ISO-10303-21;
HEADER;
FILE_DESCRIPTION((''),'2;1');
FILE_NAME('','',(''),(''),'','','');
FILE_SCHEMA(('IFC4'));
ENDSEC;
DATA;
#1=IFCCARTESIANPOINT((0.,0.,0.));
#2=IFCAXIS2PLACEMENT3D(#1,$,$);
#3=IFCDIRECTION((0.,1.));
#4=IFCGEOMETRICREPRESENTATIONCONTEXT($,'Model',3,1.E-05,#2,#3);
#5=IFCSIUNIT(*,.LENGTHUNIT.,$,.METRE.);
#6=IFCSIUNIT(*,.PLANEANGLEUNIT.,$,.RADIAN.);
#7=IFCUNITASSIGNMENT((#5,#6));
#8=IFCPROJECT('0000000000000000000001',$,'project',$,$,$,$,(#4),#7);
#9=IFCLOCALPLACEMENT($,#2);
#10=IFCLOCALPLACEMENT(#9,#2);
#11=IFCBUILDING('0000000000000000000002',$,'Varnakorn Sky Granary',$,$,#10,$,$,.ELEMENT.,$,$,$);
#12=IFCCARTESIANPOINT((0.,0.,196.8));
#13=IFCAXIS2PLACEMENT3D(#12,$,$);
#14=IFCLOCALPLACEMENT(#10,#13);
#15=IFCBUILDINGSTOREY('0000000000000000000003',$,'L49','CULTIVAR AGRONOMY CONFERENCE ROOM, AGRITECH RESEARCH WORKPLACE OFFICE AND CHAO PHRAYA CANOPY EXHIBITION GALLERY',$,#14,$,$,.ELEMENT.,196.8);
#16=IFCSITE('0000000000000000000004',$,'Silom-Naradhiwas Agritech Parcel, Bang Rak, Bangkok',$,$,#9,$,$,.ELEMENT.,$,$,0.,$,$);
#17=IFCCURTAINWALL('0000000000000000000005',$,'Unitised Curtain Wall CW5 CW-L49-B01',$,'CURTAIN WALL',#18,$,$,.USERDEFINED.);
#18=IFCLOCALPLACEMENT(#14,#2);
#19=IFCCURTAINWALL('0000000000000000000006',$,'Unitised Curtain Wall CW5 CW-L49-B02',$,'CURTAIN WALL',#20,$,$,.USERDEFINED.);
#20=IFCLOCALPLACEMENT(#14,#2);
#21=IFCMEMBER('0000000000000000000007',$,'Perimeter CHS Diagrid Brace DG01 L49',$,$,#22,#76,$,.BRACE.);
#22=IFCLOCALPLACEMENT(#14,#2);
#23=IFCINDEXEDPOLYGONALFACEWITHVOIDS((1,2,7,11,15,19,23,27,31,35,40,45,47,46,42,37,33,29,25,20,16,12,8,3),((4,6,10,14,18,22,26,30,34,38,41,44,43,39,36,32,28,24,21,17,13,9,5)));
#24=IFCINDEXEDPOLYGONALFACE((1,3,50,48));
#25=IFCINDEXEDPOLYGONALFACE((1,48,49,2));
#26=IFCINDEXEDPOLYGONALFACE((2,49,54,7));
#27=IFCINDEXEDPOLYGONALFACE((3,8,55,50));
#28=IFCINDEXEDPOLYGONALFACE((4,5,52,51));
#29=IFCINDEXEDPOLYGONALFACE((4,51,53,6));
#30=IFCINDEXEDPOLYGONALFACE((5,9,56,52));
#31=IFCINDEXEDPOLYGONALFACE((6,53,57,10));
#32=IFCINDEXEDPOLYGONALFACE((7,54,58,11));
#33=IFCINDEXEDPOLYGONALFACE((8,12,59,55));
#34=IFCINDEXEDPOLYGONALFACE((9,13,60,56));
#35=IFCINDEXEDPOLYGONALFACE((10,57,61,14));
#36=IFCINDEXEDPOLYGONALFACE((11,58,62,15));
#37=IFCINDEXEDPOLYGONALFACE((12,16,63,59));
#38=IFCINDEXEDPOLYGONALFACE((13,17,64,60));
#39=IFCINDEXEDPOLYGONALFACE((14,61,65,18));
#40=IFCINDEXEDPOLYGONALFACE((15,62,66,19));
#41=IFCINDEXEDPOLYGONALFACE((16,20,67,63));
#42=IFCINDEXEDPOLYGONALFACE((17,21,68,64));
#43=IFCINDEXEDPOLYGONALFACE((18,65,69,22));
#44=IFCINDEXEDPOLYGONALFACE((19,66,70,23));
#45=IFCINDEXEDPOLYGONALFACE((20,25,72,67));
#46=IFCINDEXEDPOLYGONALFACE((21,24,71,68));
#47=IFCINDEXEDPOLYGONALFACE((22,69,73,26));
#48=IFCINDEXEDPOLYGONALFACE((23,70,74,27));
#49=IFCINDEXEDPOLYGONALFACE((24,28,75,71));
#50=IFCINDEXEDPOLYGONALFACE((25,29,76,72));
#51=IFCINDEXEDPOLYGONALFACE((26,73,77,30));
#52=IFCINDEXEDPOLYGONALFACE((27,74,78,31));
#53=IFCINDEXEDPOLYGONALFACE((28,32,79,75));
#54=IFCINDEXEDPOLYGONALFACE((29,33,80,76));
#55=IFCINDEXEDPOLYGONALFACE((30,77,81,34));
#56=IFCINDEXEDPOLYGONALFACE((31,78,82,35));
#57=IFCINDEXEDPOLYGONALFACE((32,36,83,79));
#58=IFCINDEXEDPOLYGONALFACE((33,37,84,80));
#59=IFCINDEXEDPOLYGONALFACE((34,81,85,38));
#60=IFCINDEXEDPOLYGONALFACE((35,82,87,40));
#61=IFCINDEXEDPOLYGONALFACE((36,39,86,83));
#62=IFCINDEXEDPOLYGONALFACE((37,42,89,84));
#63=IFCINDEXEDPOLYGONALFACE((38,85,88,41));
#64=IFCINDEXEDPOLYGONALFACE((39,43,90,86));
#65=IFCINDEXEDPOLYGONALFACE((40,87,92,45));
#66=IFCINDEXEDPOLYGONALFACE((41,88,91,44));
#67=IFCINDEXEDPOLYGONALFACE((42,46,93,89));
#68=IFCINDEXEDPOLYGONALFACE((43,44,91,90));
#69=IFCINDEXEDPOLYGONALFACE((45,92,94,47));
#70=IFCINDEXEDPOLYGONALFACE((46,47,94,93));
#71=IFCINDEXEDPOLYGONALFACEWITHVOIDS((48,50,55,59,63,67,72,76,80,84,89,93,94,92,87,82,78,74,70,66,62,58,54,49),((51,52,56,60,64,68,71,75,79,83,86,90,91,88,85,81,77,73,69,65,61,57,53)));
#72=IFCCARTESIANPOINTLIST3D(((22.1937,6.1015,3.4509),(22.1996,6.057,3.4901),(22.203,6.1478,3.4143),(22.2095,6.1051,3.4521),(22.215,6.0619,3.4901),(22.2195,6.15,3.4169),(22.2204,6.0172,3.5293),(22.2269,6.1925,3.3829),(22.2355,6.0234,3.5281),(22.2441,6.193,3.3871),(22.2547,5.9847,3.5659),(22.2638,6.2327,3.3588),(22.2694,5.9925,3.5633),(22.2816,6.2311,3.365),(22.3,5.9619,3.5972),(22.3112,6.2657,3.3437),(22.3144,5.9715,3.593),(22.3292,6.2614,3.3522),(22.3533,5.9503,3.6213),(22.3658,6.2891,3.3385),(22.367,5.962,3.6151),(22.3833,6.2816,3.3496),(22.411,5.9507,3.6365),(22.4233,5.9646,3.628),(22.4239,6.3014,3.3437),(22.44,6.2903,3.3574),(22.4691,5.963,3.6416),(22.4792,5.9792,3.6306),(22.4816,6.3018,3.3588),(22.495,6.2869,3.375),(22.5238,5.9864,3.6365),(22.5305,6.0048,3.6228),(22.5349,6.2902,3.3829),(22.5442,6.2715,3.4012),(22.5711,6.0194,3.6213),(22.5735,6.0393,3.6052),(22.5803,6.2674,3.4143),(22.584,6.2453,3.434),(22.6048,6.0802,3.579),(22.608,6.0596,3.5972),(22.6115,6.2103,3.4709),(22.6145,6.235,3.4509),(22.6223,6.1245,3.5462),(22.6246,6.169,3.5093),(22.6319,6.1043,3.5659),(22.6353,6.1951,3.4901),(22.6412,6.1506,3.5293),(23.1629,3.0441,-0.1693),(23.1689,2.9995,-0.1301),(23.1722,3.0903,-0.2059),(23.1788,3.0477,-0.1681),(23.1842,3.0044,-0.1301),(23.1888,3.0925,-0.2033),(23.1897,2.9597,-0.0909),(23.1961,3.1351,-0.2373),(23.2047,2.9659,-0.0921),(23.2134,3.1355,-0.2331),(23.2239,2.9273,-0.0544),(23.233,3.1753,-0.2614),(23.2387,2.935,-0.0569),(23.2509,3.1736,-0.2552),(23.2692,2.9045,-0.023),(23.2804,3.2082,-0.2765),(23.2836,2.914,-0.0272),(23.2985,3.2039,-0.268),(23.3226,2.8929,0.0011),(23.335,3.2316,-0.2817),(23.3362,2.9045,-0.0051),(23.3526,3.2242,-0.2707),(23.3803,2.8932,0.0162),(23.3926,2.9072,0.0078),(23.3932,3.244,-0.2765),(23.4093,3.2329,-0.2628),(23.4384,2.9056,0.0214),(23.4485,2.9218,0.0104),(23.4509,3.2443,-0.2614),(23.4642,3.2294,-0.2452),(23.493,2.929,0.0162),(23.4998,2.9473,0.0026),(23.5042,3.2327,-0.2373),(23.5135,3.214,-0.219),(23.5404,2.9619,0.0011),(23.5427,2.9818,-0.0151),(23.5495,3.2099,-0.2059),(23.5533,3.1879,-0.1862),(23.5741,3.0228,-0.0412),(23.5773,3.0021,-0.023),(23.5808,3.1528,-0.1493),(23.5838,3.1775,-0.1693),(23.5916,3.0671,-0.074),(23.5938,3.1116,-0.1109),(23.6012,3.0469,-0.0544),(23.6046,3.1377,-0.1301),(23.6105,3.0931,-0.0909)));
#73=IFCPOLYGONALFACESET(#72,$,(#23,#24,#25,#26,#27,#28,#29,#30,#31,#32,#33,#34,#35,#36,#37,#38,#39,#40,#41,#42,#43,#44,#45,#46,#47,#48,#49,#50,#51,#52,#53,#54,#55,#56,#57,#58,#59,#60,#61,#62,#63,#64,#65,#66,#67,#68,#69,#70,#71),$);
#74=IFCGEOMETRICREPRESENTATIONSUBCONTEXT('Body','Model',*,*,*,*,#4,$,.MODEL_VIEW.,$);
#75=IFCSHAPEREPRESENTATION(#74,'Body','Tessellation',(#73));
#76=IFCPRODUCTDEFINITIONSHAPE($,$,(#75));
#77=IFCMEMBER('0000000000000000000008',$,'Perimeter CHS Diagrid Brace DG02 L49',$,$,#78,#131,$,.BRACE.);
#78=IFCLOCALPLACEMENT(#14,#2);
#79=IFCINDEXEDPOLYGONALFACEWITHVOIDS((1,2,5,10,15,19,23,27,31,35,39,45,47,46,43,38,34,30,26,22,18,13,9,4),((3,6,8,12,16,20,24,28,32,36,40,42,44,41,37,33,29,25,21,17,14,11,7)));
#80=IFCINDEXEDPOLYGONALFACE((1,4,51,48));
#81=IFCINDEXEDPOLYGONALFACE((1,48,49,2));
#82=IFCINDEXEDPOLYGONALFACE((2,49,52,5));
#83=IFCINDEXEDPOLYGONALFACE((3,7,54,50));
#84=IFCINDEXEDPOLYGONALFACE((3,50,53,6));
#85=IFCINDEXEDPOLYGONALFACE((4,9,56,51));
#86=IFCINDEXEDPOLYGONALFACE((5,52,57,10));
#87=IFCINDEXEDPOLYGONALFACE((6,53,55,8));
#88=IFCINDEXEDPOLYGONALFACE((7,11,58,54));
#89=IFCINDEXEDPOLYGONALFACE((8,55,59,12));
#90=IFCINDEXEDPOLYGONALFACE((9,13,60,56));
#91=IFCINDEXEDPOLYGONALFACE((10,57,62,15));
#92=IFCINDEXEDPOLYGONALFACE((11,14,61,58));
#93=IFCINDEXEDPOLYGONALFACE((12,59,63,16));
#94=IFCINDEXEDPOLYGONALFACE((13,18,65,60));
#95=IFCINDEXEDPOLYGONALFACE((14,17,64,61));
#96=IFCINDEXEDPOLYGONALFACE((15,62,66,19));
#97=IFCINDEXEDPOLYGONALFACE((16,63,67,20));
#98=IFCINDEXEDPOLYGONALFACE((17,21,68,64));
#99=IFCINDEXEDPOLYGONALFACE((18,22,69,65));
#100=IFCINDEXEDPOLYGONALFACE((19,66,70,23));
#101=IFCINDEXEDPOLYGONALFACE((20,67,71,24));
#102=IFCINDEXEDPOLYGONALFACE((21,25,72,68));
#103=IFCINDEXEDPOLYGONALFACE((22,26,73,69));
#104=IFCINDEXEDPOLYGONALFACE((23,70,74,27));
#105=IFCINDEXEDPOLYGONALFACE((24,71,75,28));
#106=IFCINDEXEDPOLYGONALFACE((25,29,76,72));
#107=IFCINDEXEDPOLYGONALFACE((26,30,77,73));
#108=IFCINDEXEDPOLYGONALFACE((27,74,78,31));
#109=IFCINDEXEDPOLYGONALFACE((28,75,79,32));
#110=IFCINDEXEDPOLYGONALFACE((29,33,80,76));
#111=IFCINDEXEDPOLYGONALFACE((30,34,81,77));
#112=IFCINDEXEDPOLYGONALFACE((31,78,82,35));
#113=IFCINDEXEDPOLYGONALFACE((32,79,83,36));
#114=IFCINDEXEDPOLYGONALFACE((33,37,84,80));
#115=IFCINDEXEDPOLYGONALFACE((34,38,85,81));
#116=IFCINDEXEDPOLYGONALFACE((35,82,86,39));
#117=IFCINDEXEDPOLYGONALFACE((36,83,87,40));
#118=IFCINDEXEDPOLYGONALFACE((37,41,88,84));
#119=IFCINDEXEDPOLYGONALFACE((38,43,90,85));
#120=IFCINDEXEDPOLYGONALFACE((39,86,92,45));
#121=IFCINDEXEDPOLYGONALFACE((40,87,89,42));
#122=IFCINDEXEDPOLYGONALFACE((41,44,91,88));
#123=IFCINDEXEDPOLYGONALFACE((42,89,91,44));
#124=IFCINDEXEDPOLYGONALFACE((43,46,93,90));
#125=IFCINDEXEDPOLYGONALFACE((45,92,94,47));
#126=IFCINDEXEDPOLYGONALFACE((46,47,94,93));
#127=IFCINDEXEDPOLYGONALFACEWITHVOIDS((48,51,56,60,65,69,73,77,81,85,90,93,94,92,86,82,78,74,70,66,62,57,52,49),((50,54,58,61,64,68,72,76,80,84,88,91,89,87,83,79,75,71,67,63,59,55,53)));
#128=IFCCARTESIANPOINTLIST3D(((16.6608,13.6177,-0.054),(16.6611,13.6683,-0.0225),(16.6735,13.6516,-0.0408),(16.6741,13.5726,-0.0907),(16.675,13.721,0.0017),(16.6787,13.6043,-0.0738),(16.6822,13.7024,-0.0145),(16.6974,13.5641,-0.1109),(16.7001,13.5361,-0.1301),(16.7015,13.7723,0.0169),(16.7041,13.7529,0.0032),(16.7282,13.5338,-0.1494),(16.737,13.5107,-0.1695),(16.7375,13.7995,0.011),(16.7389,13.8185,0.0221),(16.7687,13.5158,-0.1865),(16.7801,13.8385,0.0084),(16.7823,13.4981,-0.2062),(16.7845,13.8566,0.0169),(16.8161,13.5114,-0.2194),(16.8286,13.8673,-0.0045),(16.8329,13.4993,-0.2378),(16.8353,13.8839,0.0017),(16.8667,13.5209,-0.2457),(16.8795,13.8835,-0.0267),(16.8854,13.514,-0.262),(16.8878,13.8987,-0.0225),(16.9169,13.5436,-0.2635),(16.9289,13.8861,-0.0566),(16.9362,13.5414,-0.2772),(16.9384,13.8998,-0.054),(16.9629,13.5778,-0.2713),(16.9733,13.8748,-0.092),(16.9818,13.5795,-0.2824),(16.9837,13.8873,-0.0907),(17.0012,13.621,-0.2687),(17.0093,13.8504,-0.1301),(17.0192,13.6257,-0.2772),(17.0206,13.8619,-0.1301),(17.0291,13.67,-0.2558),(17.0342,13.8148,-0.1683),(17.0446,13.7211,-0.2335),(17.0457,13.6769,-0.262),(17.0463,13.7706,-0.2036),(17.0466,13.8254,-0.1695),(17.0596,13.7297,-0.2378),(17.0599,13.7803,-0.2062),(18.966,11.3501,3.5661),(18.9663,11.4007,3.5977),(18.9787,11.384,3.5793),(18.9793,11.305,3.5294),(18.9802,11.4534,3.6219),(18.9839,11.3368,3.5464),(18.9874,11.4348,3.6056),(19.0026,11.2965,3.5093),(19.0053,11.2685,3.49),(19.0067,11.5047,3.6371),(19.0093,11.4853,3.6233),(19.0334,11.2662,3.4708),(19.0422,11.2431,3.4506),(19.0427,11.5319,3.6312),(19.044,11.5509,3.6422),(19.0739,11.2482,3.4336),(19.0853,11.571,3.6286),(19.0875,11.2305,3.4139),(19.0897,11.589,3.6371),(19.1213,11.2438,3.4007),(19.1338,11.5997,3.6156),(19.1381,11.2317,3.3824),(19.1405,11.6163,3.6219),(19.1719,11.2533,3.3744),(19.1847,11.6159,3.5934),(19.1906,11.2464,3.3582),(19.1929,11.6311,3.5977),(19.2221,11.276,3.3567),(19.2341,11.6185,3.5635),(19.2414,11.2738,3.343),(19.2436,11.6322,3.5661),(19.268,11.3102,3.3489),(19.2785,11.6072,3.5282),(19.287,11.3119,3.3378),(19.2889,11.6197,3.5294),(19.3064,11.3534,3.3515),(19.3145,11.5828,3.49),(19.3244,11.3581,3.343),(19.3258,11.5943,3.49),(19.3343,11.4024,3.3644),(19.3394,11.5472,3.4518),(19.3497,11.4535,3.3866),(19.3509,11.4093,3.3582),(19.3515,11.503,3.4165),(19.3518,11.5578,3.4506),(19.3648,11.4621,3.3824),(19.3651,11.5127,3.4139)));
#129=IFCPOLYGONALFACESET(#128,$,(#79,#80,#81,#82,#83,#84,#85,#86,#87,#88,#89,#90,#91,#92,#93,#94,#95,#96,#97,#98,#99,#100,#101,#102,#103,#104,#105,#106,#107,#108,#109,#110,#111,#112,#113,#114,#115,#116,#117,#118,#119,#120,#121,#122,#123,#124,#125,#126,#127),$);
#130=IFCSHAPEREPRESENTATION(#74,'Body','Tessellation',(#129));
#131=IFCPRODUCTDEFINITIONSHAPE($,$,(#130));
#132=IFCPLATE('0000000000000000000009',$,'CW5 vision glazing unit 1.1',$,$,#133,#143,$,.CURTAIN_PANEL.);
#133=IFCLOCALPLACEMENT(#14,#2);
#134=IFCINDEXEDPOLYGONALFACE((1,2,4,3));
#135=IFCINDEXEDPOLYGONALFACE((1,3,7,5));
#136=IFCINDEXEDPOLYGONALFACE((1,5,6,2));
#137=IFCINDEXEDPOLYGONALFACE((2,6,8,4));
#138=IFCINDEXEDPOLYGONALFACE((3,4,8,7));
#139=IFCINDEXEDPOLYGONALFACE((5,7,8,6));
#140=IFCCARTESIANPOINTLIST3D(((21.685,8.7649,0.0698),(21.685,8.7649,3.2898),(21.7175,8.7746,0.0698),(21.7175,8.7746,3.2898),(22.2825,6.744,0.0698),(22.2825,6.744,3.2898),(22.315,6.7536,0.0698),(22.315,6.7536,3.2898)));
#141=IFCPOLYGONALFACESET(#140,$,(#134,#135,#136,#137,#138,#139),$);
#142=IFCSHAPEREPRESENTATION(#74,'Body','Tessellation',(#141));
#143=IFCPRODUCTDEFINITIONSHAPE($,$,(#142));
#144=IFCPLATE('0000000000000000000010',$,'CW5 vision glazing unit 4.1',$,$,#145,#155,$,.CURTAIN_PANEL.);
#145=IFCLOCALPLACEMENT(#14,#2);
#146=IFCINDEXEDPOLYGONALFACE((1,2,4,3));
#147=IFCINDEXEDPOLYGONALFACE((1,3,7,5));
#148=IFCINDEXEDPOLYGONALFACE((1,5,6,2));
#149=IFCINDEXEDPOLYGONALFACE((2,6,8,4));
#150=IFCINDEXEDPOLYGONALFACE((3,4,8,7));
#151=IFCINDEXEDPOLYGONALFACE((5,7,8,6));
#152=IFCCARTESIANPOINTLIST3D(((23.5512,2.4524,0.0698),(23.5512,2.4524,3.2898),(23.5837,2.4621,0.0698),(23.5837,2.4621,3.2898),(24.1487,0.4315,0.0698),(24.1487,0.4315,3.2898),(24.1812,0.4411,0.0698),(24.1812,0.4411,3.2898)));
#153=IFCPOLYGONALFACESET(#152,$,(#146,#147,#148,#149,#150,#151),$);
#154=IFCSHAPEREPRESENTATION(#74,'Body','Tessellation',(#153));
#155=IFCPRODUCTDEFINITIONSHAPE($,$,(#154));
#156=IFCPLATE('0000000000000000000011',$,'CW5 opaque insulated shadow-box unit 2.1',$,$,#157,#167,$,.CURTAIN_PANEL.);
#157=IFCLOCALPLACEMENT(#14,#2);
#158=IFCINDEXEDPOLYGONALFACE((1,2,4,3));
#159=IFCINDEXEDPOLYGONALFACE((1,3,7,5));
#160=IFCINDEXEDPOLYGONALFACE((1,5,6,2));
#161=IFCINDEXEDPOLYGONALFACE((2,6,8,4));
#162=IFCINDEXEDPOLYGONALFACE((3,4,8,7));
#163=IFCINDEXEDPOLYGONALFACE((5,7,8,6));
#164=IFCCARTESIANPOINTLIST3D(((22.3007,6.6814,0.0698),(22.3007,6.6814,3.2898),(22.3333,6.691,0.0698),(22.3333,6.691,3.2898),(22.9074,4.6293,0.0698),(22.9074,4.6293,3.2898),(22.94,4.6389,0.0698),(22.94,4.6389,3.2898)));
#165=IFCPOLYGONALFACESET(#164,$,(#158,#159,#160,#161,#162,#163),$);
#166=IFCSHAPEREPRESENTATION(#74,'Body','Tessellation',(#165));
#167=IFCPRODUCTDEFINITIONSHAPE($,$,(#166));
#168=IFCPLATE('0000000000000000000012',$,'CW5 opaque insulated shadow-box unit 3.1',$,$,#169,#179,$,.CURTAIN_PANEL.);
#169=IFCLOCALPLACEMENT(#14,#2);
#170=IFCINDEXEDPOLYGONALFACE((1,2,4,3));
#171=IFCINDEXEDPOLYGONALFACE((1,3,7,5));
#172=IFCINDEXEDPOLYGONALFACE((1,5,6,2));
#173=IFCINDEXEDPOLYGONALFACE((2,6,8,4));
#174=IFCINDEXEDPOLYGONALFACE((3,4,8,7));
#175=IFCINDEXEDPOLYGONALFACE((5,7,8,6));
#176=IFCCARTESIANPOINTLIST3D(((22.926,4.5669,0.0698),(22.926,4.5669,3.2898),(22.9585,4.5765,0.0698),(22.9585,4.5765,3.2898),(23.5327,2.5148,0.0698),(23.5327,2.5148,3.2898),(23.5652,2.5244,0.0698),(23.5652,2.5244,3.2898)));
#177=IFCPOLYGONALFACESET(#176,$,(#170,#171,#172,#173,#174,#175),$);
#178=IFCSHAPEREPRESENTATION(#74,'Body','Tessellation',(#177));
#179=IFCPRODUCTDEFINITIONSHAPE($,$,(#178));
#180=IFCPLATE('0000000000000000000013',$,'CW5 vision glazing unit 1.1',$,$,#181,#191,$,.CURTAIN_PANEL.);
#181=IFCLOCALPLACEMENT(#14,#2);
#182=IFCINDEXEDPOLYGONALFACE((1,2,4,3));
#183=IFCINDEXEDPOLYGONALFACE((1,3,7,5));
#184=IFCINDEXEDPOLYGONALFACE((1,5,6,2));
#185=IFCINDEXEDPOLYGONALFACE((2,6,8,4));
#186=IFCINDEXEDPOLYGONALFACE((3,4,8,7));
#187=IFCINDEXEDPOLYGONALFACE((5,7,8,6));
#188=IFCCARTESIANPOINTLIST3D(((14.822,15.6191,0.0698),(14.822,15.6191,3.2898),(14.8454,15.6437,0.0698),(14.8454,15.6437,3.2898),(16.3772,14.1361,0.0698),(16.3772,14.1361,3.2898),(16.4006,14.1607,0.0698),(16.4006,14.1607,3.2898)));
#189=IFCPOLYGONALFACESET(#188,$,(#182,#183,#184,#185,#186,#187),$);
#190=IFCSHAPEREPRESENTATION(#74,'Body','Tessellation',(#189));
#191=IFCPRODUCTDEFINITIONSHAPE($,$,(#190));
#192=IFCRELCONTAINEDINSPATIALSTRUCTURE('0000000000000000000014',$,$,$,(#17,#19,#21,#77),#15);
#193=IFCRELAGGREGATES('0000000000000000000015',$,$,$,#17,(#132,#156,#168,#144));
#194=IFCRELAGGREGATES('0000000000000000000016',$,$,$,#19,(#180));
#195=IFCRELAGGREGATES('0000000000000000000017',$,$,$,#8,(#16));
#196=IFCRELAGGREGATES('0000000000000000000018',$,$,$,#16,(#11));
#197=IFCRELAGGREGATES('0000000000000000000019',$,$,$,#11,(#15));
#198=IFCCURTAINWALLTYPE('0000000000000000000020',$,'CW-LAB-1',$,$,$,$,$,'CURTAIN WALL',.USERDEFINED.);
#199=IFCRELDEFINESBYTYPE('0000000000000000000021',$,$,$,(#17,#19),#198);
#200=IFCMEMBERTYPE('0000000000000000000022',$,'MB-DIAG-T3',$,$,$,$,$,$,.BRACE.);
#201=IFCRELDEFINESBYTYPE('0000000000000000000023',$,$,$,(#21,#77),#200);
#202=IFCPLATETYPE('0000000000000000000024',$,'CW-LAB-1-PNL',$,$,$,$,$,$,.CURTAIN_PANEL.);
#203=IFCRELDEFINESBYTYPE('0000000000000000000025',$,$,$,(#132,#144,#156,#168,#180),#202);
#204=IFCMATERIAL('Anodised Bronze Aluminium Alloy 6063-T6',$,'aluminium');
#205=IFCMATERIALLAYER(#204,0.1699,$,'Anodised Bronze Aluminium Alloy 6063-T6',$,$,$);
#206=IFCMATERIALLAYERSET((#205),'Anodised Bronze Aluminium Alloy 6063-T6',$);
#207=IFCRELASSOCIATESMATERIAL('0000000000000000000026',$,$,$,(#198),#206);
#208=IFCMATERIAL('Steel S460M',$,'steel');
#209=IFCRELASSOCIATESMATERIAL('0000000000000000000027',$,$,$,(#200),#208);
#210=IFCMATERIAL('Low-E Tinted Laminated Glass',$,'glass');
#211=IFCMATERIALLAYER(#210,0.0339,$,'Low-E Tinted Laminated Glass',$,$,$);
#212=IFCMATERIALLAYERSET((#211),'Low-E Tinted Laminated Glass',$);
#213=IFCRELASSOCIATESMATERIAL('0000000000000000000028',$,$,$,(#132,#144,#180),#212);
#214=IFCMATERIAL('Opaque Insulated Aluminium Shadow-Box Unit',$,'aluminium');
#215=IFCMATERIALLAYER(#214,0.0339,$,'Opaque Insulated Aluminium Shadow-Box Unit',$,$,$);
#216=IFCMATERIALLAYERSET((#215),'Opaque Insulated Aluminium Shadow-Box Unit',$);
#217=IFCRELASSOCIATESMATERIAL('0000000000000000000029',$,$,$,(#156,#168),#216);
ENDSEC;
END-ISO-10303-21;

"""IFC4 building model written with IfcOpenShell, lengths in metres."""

from ifc_helpers import new_model, si_unit, direction, frame, origin, origin_2d, place, context, subcontext, project, spatial, rectangle, hollow_circle, extrude, source, transform, mapped, material, layer, layer_set, material_profile, profile_set, type_object, element, aggregate, save


model = new_model("IFC4")

# Units and contexts
model_context = context("Model", 3, precision=1e-05, world=origin(), true_north=direction((0.0, 1.0)))
body_context = subcontext(model_context, "Body", "Model", "MODEL_VIEW")
ifc_project = project(units=[si_unit("LENGTHUNIT", "METRE"), si_unit("PLANEANGLEUNIT", "RADIAN")], contexts=[model_context])

# Site, building, storey
site_placement = place(None, origin())
site = spatial("IfcSite", under=ifc_project, at=site_placement, Name="Silom-Naradhiwas Agritech Parcel, Bang Rak, Bangkok", CompositionType="ELEMENT", RefElevation=0.0)
building_placement = place(site_placement, origin())
building = spatial("IfcBuilding", under=site, at=building_placement, Name="Varnakorn Sky Granary", CompositionType="ELEMENT")
storey_placement = place(building_placement, frame((0.0, 0.0, 196.8)))
storey = spatial("IfcBuildingStorey", under=building, at=storey_placement, Name="L49", Description="CULTIVAR AGRONOMY CONFERENCE ROOM, AGRITECH RESEARCH WORKPLACE OFFICE AND CHAO PHRAYA CANOPY EXHIBITION GALLERY", CompositionType="ELEMENT", Elevation=196.8)

# Shared definitions
ifc_material_1 = material(Name="Steel S460M", Category="steel")

# Curtain walls
ifc_material_2 = material(Name="Anodised Bronze Aluminium Alloy 6063-T6", Category="aluminium")
ifc_layer_1 = layer(ifc_material_2, 0.1699, Name="Anodised Bronze Aluminium Alloy 6063-T6")
ifc_layer_set_1 = layer_set([ifc_layer_1], Name="Anodised Bronze Aluminium Alloy 6063-T6")
curtain_wall_type = type_object("IfcCurtainWallType", Name="CW-LAB-1", ElementType="CURTAIN WALL", PredefinedType="USERDEFINED", material=ifc_layer_set_1)
curtain_wall_1_placement = place(storey_placement, origin())
curtain_wall_1 = element("IfcCurtainWall", 1, at=curtain_wall_1_placement, inside=storey, type_object=curtain_wall_type, Name="Unitised Curtain Wall CW5 CW-L49-B01", ObjectType="CURTAIN WALL", PredefinedType="USERDEFINED")
curtain_wall_2_placement = place(storey_placement, origin())
curtain_wall_2 = element("IfcCurtainWall", 2, at=curtain_wall_2_placement, inside=storey, type_object=curtain_wall_type, Name="Unitised Curtain Wall CW5 CW-L49-B02", ObjectType="CURTAIN WALL", PredefinedType="USERDEFINED")

# Members
ifc_material_profile_1 = material_profile(ifc_material_1, hollow_circle(Radius=0.2285, WallThickness=0.0161, at=origin_2d()), Name="CHS 457x16")
ifc_profile_set_1 = profile_set([ifc_material_profile_1], Name="Steel S460M")
member_type_1 = type_object("IfcMemberType", Name="MB-DIAG-T3", PredefinedType="BRACE", material=ifc_profile_set_1)
member_1_placement = place(storey_placement, frame((23.3867, 3.0686, -0.1301), z_axis=(-0.200399, 0.632139, 0.748492), x_axis=(-0.953246, -0.302195, 0.0)))
element("IfcMember", 3, at=member_1_placement, inside=storey, type_object=member_type_1, Name="Perimeter CHS Diagrid Brace DG01 L49", PredefinedType="BRACE", context=body_context, shape_type="SweptSolid", body=[
    extrude(hollow_circle(Radius=0.2285, WallThickness=0.0161, at=origin_2d()), origin(), (0.0, 0.0, 1.0), 4.8367),
])
member_2_placement = place(storey_placement, frame((16.8604, 13.699, -0.1301), z_axis=(0.474906, -0.46716, 0.745806), x_axis=(0.701269, 0.712897, 0.0)))
element("IfcMember", 4, at=member_2_placement, inside=storey, type_object=member_type_1, Name="Perimeter CHS Diagrid Brace DG02 L49", PredefinedType="BRACE", context=body_context, shape_type="SweptSolid", body=[
    extrude(hollow_circle(Radius=0.2285, WallThickness=0.0161, at=origin_2d()), origin(), (0.0, 0.0, 1.0), 4.854),
])

# Plates
ifc_material_3 = material(Name="Low-E Tinted Laminated Glass", Category="glass")
ifc_layer_2 = layer(ifc_material_3, 0.0339, Name="Low-E Tinted Laminated Glass")
ifc_layer_set_2 = layer_set([ifc_layer_2], Name="Low-E Tinted Laminated Glass")
plate_type = type_object("IfcPlateType", Name="CW-LAB-1-PNL", PredefinedType="CURTAIN_PANEL")
shared_shape_1 = source(origin(), body_context, "Body", "SweptSolid", [
    extrude(rectangle(XDim=2.1074, YDim=0.0339, at=origin_2d()), origin(), (0.0, 0.0, 1.0), 3.22),
])
plate_1_placement = place(storey_placement, frame((22.0, 7.7593, 0.0698), z_axis=(0.0, 0.0, 1.0), x_axis=(0.283528, -0.958964, 0.0)))
plate_1 = element("IfcPlate", 5, at=plate_1_placement, type_object=plate_type, material=ifc_layer_set_2, Name="CW5 vision glazing unit 1.1", PredefinedType="CURTAIN_PANEL", context=body_context, shape_type="MappedRepresentation", body=[
    mapped(shared_shape_1, transform((0.0, 0.0, 0.0), x_axis=(1.0, 0.0, 0.0), y_axis=(0.0, 1.0, 0.0), z_axis=(0.0, 0.0, 1.0), scale=1.0)),
])
plate_2_placement = place(storey_placement, frame((23.8662, 1.4468, 0.0698), z_axis=(0.0, 0.0, 1.0), x_axis=(0.283528, -0.958964, 0.0)))
plate_2 = element("IfcPlate", 6, at=plate_2_placement, type_object=plate_type, material=ifc_layer_set_2, Name="CW5 vision glazing unit 4.1", PredefinedType="CURTAIN_PANEL", context=body_context, shape_type="MappedRepresentation", body=[
    mapped(shared_shape_1, transform((0.0, 0.0, 0.0), x_axis=(1.0, 0.0, 0.0), y_axis=(0.0, 1.0, 0.0), z_axis=(0.0, 0.0, 1.0), scale=1.0)),
])
ifc_material_4 = material(Name="Opaque Insulated Aluminium Shadow-Box Unit", Category="aluminium")
ifc_layer_3 = layer(ifc_material_4, 0.0339, Name="Opaque Insulated Aluminium Shadow-Box Unit")
ifc_layer_set_3 = layer_set([ifc_layer_3], Name="Opaque Insulated Aluminium Shadow-Box Unit")
shared_shape_2 = source(origin(), body_context, "Body", "SweptSolid", [
    extrude(rectangle(XDim=2.1399, YDim=0.0339, at=origin_2d()), origin(), (0.0, 0.0, 1.0), 3.22),
])
plate_3_placement = place(storey_placement, frame((22.6204, 5.6602, 0.0698), z_axis=(0.0, 0.0, 1.0), x_axis=(0.283528, -0.958964, 0.0)))
plate_3 = element("IfcPlate", 7, at=plate_3_placement, type_object=plate_type, material=ifc_layer_set_3, Name="CW5 opaque insulated shadow-box unit 2.1", PredefinedType="CURTAIN_PANEL", context=body_context, shape_type="MappedRepresentation", body=[
    mapped(shared_shape_2, transform((0.0, 0.0, 0.0), x_axis=(1.0, 0.0, 0.0), y_axis=(0.0, 1.0, 0.0), z_axis=(0.0, 0.0, 1.0), scale=1.0)),
])
plate_4_placement = place(storey_placement, frame((23.2456, 3.5457, 0.0698), z_axis=(0.0, 0.0, 1.0), x_axis=(0.283528, -0.958964, 0.0)))
plate_4 = element("IfcPlate", 8, at=plate_4_placement, type_object=plate_type, material=ifc_layer_set_3, Name="CW5 opaque insulated shadow-box unit 3.1", PredefinedType="CURTAIN_PANEL", context=body_context, shape_type="MappedRepresentation", body=[
    mapped(shared_shape_2, transform((0.0, 0.0, 0.0), x_axis=(1.0, 0.0, 0.0), y_axis=(0.0, 1.0, 0.0), z_axis=(0.0, 0.0, 1.0), scale=1.0)),
])
aggregate(curtain_wall_1, [plate_1, plate_3, plate_4, plate_2])
shared_shape_3 = source(origin(), body_context, "Body", "SweptSolid", [
    extrude(rectangle(XDim=2.1489, YDim=0.0339, at=origin_2d()), origin(), (0.0, 0.0, 1.0), 3.22),
])
plate_5_placement = place(storey_placement, frame((15.6113, 14.8899, 0.0698), z_axis=(0.0, 0.0, 1.0), x_axis=(0.723717, -0.690097, 0.0)))
plate_5 = element("IfcPlate", 9, at=plate_5_placement, type_object=plate_type, material=ifc_layer_set_2, Name="CW5 vision glazing unit 1.1", PredefinedType="CURTAIN_PANEL", context=body_context, shape_type="MappedRepresentation", body=[
    mapped(shared_shape_3, transform((0.0, 0.0, 0.0), x_axis=(1.0, 0.0, 0.0), y_axis=(0.0, 1.0, 0.0), z_axis=(0.0, 0.0, 1.0), scale=1.0)),
])
aggregate(curtain_wall_2, [plate_5])

save(model, "model.ifc")
